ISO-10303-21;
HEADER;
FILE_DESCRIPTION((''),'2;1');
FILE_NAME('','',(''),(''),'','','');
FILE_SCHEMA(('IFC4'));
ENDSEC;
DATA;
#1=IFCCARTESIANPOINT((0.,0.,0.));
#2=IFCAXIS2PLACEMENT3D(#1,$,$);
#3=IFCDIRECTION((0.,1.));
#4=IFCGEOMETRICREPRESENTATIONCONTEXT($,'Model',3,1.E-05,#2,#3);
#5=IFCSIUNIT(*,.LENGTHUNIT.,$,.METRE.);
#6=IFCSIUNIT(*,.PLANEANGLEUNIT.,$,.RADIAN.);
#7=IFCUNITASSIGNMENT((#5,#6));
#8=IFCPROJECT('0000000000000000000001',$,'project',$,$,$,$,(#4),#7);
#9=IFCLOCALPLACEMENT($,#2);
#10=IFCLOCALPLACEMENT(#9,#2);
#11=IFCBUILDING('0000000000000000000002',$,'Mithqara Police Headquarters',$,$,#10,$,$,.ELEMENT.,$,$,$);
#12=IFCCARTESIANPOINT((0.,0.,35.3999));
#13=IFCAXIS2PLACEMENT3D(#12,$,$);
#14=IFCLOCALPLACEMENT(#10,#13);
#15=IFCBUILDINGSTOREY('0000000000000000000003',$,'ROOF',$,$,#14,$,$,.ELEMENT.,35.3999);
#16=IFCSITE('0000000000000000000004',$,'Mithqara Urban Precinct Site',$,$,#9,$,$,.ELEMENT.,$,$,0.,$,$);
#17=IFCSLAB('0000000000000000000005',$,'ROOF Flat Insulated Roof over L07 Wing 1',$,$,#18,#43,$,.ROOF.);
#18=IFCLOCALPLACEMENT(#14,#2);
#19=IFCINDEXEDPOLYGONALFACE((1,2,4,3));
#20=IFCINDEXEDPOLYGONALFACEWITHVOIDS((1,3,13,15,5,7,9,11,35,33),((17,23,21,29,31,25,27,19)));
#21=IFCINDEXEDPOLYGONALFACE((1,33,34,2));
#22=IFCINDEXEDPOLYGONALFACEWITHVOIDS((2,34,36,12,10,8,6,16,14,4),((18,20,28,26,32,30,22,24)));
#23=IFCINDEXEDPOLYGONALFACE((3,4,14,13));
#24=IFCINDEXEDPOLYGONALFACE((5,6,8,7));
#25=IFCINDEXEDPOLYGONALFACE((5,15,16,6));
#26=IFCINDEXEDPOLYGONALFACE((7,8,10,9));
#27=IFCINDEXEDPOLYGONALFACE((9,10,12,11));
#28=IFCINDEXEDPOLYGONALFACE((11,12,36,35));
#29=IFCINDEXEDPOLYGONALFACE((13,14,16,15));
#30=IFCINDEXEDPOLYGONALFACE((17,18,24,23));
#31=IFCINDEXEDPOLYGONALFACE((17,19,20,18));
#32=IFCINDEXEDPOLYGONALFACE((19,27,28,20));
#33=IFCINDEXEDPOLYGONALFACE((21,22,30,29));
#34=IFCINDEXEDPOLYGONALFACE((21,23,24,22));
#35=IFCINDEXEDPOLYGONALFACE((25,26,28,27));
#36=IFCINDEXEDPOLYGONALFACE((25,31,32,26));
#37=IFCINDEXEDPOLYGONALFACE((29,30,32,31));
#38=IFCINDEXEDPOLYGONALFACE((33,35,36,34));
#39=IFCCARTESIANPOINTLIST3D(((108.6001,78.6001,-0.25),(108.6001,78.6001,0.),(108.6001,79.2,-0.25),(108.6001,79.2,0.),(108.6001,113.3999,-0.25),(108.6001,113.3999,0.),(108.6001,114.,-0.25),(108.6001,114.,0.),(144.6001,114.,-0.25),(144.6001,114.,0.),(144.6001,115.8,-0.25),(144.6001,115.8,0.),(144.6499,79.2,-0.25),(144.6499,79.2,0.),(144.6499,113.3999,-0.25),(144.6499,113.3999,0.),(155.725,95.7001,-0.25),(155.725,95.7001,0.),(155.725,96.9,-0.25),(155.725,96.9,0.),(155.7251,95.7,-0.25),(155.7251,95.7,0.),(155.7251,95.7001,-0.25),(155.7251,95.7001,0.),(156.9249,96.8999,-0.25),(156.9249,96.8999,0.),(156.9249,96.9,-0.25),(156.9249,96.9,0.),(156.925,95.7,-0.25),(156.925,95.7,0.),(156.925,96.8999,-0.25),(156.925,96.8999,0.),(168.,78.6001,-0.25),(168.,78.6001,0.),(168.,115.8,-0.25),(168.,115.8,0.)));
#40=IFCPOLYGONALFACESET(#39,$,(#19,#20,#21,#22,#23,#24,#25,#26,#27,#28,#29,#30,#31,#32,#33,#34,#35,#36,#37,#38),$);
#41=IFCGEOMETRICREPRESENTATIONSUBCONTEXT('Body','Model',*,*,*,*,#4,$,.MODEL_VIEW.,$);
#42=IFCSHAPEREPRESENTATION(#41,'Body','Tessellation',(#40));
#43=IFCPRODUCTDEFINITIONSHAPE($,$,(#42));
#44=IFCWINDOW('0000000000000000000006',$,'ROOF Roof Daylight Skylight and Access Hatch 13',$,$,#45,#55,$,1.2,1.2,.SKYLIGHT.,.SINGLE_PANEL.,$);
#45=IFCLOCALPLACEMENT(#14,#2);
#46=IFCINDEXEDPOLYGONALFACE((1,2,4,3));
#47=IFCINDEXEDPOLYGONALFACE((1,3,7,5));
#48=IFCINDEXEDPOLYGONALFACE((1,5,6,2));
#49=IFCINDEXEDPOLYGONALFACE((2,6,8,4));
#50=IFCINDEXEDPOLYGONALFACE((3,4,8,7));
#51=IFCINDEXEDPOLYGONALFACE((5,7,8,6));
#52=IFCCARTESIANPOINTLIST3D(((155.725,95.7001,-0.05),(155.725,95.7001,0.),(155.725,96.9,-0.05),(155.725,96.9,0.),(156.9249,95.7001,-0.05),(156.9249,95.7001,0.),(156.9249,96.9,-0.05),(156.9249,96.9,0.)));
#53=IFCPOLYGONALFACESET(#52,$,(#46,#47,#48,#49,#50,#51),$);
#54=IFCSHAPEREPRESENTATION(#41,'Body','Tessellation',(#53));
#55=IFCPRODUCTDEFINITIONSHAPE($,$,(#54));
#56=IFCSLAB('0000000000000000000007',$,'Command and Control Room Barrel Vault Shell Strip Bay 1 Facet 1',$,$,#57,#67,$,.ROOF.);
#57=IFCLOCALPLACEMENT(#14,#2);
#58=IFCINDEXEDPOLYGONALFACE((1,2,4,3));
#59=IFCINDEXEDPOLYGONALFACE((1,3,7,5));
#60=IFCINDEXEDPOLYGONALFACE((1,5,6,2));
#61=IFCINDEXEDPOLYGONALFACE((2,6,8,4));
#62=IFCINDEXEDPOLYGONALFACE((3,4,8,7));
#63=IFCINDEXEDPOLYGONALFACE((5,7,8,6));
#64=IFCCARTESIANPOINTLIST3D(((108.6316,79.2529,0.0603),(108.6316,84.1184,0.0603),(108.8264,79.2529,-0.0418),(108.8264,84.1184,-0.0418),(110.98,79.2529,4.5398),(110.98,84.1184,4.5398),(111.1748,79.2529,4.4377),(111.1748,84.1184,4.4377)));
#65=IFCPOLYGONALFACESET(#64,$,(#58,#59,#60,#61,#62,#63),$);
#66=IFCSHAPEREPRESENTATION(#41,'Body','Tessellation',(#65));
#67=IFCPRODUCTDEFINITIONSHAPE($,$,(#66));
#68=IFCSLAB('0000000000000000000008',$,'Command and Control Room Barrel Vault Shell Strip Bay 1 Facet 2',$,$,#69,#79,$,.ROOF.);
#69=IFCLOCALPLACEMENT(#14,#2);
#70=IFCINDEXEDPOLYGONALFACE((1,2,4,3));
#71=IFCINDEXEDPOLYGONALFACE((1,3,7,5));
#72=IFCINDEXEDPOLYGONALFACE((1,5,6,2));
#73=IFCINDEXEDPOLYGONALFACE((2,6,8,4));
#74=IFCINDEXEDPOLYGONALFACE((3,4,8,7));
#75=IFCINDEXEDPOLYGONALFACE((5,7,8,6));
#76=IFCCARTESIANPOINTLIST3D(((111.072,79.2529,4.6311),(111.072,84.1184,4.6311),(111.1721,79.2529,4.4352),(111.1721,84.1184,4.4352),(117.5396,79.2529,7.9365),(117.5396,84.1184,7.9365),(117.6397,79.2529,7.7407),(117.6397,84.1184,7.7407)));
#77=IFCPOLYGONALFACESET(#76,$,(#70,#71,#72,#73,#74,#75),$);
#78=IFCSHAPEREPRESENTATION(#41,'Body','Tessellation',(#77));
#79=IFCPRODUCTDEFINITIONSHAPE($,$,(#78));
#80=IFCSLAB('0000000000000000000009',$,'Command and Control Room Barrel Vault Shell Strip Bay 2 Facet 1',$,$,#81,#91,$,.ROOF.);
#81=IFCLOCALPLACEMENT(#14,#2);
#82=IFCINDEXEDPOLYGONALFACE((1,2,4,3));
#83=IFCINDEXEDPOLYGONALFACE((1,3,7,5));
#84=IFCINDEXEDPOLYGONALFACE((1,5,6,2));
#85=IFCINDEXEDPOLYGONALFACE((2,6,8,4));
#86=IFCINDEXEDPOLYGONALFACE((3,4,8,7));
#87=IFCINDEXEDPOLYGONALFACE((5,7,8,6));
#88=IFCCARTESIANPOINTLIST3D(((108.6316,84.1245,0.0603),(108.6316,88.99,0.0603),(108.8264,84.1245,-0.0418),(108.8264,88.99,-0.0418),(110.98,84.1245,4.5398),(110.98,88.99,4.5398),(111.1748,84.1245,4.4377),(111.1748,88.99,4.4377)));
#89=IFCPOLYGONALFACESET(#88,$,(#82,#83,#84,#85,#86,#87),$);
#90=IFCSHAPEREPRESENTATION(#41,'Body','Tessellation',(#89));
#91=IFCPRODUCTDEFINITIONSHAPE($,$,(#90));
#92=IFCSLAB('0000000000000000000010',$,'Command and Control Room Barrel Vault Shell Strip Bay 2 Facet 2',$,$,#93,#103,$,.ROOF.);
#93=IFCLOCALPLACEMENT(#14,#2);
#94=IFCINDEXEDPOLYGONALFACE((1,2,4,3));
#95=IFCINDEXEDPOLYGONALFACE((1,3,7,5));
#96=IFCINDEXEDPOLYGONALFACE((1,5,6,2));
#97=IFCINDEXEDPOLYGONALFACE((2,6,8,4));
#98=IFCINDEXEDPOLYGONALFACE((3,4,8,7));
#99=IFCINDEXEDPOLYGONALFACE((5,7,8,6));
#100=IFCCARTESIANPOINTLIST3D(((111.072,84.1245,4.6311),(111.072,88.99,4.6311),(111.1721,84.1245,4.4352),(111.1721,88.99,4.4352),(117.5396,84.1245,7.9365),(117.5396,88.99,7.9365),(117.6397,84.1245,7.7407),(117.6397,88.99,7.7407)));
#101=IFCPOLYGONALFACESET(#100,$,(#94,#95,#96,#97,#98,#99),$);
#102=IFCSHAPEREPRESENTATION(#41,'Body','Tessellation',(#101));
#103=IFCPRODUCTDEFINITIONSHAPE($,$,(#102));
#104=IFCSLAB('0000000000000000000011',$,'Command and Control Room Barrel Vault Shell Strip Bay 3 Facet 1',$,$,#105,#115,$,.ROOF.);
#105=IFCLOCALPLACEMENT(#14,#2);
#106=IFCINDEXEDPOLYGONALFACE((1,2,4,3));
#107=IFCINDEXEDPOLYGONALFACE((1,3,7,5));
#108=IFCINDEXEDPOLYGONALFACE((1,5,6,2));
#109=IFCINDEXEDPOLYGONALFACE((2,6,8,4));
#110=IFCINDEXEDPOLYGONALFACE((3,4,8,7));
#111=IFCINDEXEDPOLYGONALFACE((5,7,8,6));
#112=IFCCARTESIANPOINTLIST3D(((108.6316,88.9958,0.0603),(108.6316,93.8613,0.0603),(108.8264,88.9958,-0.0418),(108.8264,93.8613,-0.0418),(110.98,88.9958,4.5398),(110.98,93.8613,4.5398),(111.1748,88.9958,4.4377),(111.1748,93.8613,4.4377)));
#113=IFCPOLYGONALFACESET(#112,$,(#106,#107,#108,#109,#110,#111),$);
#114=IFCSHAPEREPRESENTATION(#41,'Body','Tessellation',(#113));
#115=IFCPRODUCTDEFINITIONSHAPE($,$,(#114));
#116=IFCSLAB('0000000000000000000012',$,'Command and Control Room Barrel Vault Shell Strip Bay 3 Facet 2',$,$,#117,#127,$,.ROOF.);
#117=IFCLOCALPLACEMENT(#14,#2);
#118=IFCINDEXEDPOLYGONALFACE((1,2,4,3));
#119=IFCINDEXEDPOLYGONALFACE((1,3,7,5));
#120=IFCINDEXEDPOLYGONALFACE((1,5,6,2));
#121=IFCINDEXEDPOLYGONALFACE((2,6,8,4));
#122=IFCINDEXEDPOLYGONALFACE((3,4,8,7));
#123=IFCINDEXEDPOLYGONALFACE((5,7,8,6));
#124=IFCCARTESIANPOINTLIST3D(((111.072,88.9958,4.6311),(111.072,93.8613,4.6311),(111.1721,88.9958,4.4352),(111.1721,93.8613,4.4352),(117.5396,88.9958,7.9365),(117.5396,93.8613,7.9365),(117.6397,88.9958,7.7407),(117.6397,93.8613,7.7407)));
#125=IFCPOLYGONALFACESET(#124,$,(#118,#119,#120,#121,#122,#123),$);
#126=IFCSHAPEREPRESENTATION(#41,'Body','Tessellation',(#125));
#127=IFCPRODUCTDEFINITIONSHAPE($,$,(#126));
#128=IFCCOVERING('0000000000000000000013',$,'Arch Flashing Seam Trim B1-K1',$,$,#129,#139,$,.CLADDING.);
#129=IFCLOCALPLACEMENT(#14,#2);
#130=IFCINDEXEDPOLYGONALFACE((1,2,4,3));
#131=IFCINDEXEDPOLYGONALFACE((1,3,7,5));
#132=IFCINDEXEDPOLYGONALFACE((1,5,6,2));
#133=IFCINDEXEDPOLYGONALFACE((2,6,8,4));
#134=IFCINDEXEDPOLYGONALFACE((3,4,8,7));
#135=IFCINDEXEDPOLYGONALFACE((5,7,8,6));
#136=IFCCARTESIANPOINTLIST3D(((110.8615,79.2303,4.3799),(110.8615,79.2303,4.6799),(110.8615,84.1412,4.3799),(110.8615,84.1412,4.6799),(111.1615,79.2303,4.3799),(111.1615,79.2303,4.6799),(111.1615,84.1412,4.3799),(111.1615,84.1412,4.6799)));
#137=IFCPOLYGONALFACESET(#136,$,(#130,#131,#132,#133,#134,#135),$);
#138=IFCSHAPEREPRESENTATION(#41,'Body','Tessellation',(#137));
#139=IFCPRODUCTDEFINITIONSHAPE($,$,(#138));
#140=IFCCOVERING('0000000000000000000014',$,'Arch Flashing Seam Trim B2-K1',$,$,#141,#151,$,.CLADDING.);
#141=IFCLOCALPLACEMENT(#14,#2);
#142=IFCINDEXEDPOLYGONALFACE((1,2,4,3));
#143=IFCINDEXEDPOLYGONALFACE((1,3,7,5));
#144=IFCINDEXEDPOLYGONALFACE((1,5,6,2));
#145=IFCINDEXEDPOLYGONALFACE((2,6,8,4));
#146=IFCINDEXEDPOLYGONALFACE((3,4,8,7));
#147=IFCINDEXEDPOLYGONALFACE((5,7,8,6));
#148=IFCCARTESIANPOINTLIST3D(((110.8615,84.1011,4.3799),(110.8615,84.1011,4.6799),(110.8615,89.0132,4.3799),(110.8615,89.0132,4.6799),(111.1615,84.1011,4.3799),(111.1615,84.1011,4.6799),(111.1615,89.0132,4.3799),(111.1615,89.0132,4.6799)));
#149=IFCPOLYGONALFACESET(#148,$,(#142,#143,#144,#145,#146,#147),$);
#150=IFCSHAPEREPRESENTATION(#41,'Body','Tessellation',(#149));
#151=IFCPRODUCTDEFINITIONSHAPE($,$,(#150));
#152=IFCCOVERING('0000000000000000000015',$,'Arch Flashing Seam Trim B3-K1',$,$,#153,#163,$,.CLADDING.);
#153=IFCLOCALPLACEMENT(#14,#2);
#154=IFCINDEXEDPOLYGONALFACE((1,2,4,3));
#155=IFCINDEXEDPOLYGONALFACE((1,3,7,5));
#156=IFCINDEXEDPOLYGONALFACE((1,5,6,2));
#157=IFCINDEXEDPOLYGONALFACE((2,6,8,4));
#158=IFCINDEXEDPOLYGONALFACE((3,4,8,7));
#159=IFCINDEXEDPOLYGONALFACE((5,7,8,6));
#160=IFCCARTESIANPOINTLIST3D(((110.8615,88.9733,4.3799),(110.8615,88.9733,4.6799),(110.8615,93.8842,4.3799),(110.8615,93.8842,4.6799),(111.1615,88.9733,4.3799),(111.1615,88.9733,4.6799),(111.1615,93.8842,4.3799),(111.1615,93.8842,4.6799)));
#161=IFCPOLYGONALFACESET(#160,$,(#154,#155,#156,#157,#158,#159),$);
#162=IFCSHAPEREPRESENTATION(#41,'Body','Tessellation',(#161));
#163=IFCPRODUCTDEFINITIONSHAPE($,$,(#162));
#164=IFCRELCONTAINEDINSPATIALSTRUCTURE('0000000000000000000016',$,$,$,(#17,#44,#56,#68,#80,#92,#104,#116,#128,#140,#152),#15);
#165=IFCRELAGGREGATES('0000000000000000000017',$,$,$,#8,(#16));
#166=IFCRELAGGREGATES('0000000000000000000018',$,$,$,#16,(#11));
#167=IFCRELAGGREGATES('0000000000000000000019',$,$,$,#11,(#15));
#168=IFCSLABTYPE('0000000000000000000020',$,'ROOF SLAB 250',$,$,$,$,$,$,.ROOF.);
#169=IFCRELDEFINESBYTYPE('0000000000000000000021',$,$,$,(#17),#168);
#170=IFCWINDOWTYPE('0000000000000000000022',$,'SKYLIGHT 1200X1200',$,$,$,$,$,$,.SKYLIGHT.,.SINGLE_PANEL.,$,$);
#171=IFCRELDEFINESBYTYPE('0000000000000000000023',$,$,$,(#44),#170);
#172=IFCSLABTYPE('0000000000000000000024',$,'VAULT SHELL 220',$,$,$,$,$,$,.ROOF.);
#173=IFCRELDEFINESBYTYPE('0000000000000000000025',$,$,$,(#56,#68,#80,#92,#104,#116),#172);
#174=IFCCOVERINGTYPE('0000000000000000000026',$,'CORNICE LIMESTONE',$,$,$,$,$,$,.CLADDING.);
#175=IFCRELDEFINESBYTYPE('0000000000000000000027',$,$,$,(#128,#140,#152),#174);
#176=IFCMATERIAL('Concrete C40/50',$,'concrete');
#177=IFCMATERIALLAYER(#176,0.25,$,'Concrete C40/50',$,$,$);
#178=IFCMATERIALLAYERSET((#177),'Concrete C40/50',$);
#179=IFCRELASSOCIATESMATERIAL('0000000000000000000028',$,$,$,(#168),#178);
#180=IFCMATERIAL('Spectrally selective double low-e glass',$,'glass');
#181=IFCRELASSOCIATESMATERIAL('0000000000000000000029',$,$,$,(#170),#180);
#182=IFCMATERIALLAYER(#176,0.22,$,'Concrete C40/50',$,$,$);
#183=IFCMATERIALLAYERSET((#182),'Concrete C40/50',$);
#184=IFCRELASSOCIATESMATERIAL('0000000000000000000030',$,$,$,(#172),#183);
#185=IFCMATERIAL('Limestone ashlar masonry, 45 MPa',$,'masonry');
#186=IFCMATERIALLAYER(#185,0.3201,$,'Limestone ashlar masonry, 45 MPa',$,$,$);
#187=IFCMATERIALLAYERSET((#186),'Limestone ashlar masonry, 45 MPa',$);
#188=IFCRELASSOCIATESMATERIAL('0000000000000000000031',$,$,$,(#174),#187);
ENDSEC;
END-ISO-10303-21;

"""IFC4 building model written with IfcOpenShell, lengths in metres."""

from ifc_helpers import new_model, si_unit, direction, frame, origin, origin_2d, place, context, subcontext, project, spatial, polyline, rectangle, outline, extrude, material, layer, layer_set, type_object, element, fill, save


model = new_model("IFC4")

# Units and contexts
model_context = context("Model", 3, precision=1e-05, world=origin(), true_north=direction((0.0, 1.0)))
body_context = subcontext(model_context, "Body", "Model", "MODEL_VIEW")
ifc_project = project(units=[si_unit("LENGTHUNIT", "METRE"), si_unit("PLANEANGLEUNIT", "RADIAN")], contexts=[model_context])

# Site, building, storey
site_placement = place(None, origin())
site = spatial("IfcSite", under=ifc_project, at=site_placement, Name="Mithqara Urban Precinct Site", CompositionType="ELEMENT", RefElevation=0.0)
building_placement = place(site_placement, origin())
building = spatial("IfcBuilding", under=site, at=building_placement, Name="Mithqara Police Headquarters", CompositionType="ELEMENT")
storey_placement = place(building_placement, frame((0.0, 0.0, 35.3999)))
storey = spatial("IfcBuildingStorey", under=building, at=storey_placement, Name="ROOF", CompositionType="ELEMENT", Elevation=35.3999)

# Slab, opening, window
ifc_material_1 = material(Name="Concrete C40/50", Category="concrete")
ifc_layer_1 = layer(ifc_material_1, 0.25, Name="Concrete C40/50")
ifc_layer_set_1 = layer_set([ifc_layer_1], Name="Concrete C40/50")
slab_type_1 = type_object("IfcSlabType", Name="ROOF SLAB 250", PredefinedType="ROOF", material=ifc_layer_set_1)
slab_1_placement = place(storey_placement, frame((0.0, 0.0, -0.25)))
slab_1 = element("IfcSlab", 1, at=slab_1_placement, inside=storey, type_object=slab_type_1, Name="ROOF Flat Insulated Roof over L07 Wing 1", PredefinedType="ROOF", context=body_context, shape_type="SweptSolid", body=[
    extrude(outline(polyline([(108.6001, 79.2), (144.6499, 79.2), (144.6499, 113.3999), (108.6001, 113.3999), (108.6001, 114.0), (144.6001, 114.0), (144.6001, 115.8), (168.0, 115.8), (168.0, 78.6001), (144.6001, 78.6001), (108.6001, 78.6001), (108.6001, 79.2)]), holes=[polyline([(155.7251, 95.7), (156.925, 95.7), (156.925, 96.8999), (155.7251, 96.8999), (155.7251, 95.7)])]), origin(), (0.0, 0.0, 1.0), 0.25),
])
opening_placement = place(slab_1_placement, frame((156.325, 96.3, -0.01)))
opening = element("IfcOpeningElement", 2, at=opening_placement, cuts=slab_1, PredefinedType="OPENING", context=body_context, shape_type="SweptSolid", body=[
    extrude(rectangle(XDim=1.2, YDim=1.2, at=origin_2d()), origin(), (0.0, 0.0, 1.0), 0.27),
])
ifc_material_2 = material(Name="Spectrally selective double low-e glass", Category="glass")
window_type = type_object("IfcWindowType", Name="SKYLIGHT 1200X1200", PartitioningType="SINGLE_PANEL", PredefinedType="SKYLIGHT", material=ifc_material_2)
window_placement = place(opening_placement, frame((0.0, 0.0, 0.21)))
window = element("IfcWindow", 3, at=window_placement, inside=storey, type_object=window_type, Name="ROOF Roof Daylight Skylight and Access Hatch 13", OverallHeight=1.2, OverallWidth=1.2, PartitioningType="SINGLE_PANEL", PredefinedType="SKYLIGHT", context=body_context, shape_type="SweptSolid", body=[
    extrude(rectangle(XDim=1.2, YDim=1.2, at=origin_2d()), origin(), (0.0, 0.0, 1.0), 0.05),
])
fill(opening, window)

# Slabs
ifc_layer_2 = layer(ifc_material_1, 0.22, Name="Concrete C40/50")
ifc_layer_set_2 = layer_set([ifc_layer_2], Name="Concrete C40/50")
slab_type_2 = type_object("IfcSlabType", Name="VAULT SHELL 220", PredefinedType="ROOF", material=ifc_layer_set_2)
slab_2_placement = place(storey_placement, frame((108.6316, 79.2529, 0.0603), z_axis=(-0.88567, 0.0, 0.464315), x_axis=(0.464315, 0.0, 0.88567)))
element("IfcSlab", 4, at=slab_2_placement, inside=storey, type_object=slab_type_2, Name="Command and Control Room Barrel Vault Shell Strip Bay 1 Facet 1", PredefinedType="ROOF", context=body_context, shape_type="SweptSolid", body=[
    extrude(outline(polyline([(0.0, 0.0), (5.0577, 0.0), (5.0577, 4.8655), (0.0, 4.8655), (0.0, 0.0)])), origin(), (0.0, 0.0, -1.0), 0.22),
])
slab_3_placement = place(storey_placement, frame((111.072, 79.2529, 4.6311), z_axis=(-0.455089, 0.0, 0.890446), x_axis=(0.890446, 0.0, 0.455089)))
element("IfcSlab", 5, at=slab_3_placement, inside=storey, type_object=slab_type_2, Name="Command and Control Room Barrel Vault Shell Strip Bay 1 Facet 2", PredefinedType="ROOF", context=body_context, shape_type="SweptSolid", body=[
    extrude(outline(polyline([(0.0, 0.0), (7.2632, 0.0), (7.2632, 4.8655), (0.0, 4.8655), (0.0, 0.0)])), origin(), (0.0, 0.0, -1.0), 0.22),
])
slab_4_placement = place(storey_placement, frame((108.6316, 84.1245, 0.0603), z_axis=(-0.88567, 0.0, 0.464315), x_axis=(0.464315, 0.0, 0.88567)))
element("IfcSlab", 6, at=slab_4_placement, inside=storey, type_object=slab_type_2, Name="Command and Control Room Barrel Vault Shell Strip Bay 2 Facet 1", PredefinedType="ROOF", context=body_context, shape_type="SweptSolid", body=[
    extrude(outline(polyline([(0.0, 0.0), (5.0577, 0.0), (5.0577, 4.8655), (0.0, 4.8655), (0.0, 0.0)])), origin(), (0.0, 0.0, -1.0), 0.22),
])
slab_5_placement = place(storey_placement, frame((111.072, 84.1245, 4.6311), z_axis=(-0.455089, 0.0, 0.890446), x_axis=(0.890446, 0.0, 0.455089)))
element("IfcSlab", 7, at=slab_5_placement, inside=storey, type_object=slab_type_2, Name="Command and Control Room Barrel Vault Shell Strip Bay 2 Facet 2", PredefinedType="ROOF", context=body_context, shape_type="SweptSolid", body=[
    extrude(outline(polyline([(0.0, 0.0), (7.2632, 0.0), (7.2632, 4.8655), (0.0, 4.8655), (0.0, 0.0)])), origin(), (0.0, 0.0, -1.0), 0.22),
])
slab_6_placement = place(storey_placement, frame((108.6316, 88.9958, 0.0603), z_axis=(-0.88567, 0.0, 0.464315), x_axis=(0.464315, 0.0, 0.88567)))
element("IfcSlab", 8, at=slab_6_placement, inside=storey, type_object=slab_type_2, Name="Command and Control Room Barrel Vault Shell Strip Bay 3 Facet 1", PredefinedType="ROOF", context=body_context, shape_type="SweptSolid", body=[
    extrude(outline(polyline([(0.0, 0.0), (5.0577, 0.0), (5.0577, 4.8655), (0.0, 4.8655), (0.0, 0.0)])), origin(), (0.0, 0.0, -1.0), 0.22),
])
slab_7_placement = place(storey_placement, frame((111.072, 88.9958, 4.6311), z_axis=(-0.455089, 0.0, 0.890446), x_axis=(0.890446, 0.0, 0.455089)))
element("IfcSlab", 9, at=slab_7_placement, inside=storey, type_object=slab_type_2, Name="Command and Control Room Barrel Vault Shell Strip Bay 3 Facet 2", PredefinedType="ROOF", context=body_context, shape_type="SweptSolid", body=[
    extrude(outline(polyline([(0.0, 0.0), (7.2632, 0.0), (7.2632, 4.8655), (0.0, 4.8655), (0.0, 0.0)])), origin(), (0.0, 0.0, -1.0), 0.22),
])

# Coverings
ifc_material_3 = material(Name="Limestone ashlar masonry, 45 MPa", Category="masonry")
ifc_layer_3 = layer(ifc_material_3, 0.3201, Name="Limestone ashlar masonry, 45 MPa")
ifc_layer_set_3 = layer_set([ifc_layer_3], Name="Limestone ashlar masonry, 45 MPa")
covering_type_1 = type_object("IfcCoveringType", Name="CORNICE LIMESTONE", PredefinedType="CLADDING", material=ifc_layer_set_3)
covering_1_placement = place(storey_placement, frame((111.0115, 81.6858, 4.3799), z_axis=(0.0, 0.0, 1.0), x_axis=(1.0, 0.0, 0.0)))
element("IfcCovering", 10, at=covering_1_placement, inside=storey, type_object=covering_type_1, Name="Arch Flashing Seam Trim B1-K1", PredefinedType="CLADDING", context=body_context, shape_type="SweptSolid", body=[
    extrude(rectangle(XDim=0.3, YDim=4.9109, at=origin_2d()), origin(), (0.0, 0.0, 1.0), 0.3),
])
covering_2_placement = place(storey_placement, frame((111.0115, 86.5571, 4.3799), z_axis=(0.0, 0.0, 1.0), x_axis=(1.0, 0.0, 0.0)))
element("IfcCovering", 11, at=covering_2_placement, inside=storey, type_object=covering_type_1, Name="Arch Flashing Seam Trim B2-K1", PredefinedType="CLADDING", context=body_context, shape_type="SweptSolid", body=[
    extrude(rectangle(XDim=0.3, YDim=4.9121, at=origin_2d()), origin(), (0.0, 0.0, 1.0), 0.3),
])
covering_3_placement = place(storey_placement, frame((111.0115, 91.4287, 4.3799), z_axis=(0.0, 0.0, 1.0), x_axis=(1.0, 0.0, 0.0)))
element("IfcCovering", 12, at=covering_3_placement, inside=storey, type_object=covering_type_1, Name="Arch Flashing Seam Trim B3-K1", PredefinedType="CLADDING", context=body_context, shape_type="SweptSolid", body=[
    extrude(rectangle(XDim=0.3, YDim=4.9109, at=origin_2d()), origin(), (0.0, 0.0, 1.0), 0.3),
])

save(model, "model.ifc")
